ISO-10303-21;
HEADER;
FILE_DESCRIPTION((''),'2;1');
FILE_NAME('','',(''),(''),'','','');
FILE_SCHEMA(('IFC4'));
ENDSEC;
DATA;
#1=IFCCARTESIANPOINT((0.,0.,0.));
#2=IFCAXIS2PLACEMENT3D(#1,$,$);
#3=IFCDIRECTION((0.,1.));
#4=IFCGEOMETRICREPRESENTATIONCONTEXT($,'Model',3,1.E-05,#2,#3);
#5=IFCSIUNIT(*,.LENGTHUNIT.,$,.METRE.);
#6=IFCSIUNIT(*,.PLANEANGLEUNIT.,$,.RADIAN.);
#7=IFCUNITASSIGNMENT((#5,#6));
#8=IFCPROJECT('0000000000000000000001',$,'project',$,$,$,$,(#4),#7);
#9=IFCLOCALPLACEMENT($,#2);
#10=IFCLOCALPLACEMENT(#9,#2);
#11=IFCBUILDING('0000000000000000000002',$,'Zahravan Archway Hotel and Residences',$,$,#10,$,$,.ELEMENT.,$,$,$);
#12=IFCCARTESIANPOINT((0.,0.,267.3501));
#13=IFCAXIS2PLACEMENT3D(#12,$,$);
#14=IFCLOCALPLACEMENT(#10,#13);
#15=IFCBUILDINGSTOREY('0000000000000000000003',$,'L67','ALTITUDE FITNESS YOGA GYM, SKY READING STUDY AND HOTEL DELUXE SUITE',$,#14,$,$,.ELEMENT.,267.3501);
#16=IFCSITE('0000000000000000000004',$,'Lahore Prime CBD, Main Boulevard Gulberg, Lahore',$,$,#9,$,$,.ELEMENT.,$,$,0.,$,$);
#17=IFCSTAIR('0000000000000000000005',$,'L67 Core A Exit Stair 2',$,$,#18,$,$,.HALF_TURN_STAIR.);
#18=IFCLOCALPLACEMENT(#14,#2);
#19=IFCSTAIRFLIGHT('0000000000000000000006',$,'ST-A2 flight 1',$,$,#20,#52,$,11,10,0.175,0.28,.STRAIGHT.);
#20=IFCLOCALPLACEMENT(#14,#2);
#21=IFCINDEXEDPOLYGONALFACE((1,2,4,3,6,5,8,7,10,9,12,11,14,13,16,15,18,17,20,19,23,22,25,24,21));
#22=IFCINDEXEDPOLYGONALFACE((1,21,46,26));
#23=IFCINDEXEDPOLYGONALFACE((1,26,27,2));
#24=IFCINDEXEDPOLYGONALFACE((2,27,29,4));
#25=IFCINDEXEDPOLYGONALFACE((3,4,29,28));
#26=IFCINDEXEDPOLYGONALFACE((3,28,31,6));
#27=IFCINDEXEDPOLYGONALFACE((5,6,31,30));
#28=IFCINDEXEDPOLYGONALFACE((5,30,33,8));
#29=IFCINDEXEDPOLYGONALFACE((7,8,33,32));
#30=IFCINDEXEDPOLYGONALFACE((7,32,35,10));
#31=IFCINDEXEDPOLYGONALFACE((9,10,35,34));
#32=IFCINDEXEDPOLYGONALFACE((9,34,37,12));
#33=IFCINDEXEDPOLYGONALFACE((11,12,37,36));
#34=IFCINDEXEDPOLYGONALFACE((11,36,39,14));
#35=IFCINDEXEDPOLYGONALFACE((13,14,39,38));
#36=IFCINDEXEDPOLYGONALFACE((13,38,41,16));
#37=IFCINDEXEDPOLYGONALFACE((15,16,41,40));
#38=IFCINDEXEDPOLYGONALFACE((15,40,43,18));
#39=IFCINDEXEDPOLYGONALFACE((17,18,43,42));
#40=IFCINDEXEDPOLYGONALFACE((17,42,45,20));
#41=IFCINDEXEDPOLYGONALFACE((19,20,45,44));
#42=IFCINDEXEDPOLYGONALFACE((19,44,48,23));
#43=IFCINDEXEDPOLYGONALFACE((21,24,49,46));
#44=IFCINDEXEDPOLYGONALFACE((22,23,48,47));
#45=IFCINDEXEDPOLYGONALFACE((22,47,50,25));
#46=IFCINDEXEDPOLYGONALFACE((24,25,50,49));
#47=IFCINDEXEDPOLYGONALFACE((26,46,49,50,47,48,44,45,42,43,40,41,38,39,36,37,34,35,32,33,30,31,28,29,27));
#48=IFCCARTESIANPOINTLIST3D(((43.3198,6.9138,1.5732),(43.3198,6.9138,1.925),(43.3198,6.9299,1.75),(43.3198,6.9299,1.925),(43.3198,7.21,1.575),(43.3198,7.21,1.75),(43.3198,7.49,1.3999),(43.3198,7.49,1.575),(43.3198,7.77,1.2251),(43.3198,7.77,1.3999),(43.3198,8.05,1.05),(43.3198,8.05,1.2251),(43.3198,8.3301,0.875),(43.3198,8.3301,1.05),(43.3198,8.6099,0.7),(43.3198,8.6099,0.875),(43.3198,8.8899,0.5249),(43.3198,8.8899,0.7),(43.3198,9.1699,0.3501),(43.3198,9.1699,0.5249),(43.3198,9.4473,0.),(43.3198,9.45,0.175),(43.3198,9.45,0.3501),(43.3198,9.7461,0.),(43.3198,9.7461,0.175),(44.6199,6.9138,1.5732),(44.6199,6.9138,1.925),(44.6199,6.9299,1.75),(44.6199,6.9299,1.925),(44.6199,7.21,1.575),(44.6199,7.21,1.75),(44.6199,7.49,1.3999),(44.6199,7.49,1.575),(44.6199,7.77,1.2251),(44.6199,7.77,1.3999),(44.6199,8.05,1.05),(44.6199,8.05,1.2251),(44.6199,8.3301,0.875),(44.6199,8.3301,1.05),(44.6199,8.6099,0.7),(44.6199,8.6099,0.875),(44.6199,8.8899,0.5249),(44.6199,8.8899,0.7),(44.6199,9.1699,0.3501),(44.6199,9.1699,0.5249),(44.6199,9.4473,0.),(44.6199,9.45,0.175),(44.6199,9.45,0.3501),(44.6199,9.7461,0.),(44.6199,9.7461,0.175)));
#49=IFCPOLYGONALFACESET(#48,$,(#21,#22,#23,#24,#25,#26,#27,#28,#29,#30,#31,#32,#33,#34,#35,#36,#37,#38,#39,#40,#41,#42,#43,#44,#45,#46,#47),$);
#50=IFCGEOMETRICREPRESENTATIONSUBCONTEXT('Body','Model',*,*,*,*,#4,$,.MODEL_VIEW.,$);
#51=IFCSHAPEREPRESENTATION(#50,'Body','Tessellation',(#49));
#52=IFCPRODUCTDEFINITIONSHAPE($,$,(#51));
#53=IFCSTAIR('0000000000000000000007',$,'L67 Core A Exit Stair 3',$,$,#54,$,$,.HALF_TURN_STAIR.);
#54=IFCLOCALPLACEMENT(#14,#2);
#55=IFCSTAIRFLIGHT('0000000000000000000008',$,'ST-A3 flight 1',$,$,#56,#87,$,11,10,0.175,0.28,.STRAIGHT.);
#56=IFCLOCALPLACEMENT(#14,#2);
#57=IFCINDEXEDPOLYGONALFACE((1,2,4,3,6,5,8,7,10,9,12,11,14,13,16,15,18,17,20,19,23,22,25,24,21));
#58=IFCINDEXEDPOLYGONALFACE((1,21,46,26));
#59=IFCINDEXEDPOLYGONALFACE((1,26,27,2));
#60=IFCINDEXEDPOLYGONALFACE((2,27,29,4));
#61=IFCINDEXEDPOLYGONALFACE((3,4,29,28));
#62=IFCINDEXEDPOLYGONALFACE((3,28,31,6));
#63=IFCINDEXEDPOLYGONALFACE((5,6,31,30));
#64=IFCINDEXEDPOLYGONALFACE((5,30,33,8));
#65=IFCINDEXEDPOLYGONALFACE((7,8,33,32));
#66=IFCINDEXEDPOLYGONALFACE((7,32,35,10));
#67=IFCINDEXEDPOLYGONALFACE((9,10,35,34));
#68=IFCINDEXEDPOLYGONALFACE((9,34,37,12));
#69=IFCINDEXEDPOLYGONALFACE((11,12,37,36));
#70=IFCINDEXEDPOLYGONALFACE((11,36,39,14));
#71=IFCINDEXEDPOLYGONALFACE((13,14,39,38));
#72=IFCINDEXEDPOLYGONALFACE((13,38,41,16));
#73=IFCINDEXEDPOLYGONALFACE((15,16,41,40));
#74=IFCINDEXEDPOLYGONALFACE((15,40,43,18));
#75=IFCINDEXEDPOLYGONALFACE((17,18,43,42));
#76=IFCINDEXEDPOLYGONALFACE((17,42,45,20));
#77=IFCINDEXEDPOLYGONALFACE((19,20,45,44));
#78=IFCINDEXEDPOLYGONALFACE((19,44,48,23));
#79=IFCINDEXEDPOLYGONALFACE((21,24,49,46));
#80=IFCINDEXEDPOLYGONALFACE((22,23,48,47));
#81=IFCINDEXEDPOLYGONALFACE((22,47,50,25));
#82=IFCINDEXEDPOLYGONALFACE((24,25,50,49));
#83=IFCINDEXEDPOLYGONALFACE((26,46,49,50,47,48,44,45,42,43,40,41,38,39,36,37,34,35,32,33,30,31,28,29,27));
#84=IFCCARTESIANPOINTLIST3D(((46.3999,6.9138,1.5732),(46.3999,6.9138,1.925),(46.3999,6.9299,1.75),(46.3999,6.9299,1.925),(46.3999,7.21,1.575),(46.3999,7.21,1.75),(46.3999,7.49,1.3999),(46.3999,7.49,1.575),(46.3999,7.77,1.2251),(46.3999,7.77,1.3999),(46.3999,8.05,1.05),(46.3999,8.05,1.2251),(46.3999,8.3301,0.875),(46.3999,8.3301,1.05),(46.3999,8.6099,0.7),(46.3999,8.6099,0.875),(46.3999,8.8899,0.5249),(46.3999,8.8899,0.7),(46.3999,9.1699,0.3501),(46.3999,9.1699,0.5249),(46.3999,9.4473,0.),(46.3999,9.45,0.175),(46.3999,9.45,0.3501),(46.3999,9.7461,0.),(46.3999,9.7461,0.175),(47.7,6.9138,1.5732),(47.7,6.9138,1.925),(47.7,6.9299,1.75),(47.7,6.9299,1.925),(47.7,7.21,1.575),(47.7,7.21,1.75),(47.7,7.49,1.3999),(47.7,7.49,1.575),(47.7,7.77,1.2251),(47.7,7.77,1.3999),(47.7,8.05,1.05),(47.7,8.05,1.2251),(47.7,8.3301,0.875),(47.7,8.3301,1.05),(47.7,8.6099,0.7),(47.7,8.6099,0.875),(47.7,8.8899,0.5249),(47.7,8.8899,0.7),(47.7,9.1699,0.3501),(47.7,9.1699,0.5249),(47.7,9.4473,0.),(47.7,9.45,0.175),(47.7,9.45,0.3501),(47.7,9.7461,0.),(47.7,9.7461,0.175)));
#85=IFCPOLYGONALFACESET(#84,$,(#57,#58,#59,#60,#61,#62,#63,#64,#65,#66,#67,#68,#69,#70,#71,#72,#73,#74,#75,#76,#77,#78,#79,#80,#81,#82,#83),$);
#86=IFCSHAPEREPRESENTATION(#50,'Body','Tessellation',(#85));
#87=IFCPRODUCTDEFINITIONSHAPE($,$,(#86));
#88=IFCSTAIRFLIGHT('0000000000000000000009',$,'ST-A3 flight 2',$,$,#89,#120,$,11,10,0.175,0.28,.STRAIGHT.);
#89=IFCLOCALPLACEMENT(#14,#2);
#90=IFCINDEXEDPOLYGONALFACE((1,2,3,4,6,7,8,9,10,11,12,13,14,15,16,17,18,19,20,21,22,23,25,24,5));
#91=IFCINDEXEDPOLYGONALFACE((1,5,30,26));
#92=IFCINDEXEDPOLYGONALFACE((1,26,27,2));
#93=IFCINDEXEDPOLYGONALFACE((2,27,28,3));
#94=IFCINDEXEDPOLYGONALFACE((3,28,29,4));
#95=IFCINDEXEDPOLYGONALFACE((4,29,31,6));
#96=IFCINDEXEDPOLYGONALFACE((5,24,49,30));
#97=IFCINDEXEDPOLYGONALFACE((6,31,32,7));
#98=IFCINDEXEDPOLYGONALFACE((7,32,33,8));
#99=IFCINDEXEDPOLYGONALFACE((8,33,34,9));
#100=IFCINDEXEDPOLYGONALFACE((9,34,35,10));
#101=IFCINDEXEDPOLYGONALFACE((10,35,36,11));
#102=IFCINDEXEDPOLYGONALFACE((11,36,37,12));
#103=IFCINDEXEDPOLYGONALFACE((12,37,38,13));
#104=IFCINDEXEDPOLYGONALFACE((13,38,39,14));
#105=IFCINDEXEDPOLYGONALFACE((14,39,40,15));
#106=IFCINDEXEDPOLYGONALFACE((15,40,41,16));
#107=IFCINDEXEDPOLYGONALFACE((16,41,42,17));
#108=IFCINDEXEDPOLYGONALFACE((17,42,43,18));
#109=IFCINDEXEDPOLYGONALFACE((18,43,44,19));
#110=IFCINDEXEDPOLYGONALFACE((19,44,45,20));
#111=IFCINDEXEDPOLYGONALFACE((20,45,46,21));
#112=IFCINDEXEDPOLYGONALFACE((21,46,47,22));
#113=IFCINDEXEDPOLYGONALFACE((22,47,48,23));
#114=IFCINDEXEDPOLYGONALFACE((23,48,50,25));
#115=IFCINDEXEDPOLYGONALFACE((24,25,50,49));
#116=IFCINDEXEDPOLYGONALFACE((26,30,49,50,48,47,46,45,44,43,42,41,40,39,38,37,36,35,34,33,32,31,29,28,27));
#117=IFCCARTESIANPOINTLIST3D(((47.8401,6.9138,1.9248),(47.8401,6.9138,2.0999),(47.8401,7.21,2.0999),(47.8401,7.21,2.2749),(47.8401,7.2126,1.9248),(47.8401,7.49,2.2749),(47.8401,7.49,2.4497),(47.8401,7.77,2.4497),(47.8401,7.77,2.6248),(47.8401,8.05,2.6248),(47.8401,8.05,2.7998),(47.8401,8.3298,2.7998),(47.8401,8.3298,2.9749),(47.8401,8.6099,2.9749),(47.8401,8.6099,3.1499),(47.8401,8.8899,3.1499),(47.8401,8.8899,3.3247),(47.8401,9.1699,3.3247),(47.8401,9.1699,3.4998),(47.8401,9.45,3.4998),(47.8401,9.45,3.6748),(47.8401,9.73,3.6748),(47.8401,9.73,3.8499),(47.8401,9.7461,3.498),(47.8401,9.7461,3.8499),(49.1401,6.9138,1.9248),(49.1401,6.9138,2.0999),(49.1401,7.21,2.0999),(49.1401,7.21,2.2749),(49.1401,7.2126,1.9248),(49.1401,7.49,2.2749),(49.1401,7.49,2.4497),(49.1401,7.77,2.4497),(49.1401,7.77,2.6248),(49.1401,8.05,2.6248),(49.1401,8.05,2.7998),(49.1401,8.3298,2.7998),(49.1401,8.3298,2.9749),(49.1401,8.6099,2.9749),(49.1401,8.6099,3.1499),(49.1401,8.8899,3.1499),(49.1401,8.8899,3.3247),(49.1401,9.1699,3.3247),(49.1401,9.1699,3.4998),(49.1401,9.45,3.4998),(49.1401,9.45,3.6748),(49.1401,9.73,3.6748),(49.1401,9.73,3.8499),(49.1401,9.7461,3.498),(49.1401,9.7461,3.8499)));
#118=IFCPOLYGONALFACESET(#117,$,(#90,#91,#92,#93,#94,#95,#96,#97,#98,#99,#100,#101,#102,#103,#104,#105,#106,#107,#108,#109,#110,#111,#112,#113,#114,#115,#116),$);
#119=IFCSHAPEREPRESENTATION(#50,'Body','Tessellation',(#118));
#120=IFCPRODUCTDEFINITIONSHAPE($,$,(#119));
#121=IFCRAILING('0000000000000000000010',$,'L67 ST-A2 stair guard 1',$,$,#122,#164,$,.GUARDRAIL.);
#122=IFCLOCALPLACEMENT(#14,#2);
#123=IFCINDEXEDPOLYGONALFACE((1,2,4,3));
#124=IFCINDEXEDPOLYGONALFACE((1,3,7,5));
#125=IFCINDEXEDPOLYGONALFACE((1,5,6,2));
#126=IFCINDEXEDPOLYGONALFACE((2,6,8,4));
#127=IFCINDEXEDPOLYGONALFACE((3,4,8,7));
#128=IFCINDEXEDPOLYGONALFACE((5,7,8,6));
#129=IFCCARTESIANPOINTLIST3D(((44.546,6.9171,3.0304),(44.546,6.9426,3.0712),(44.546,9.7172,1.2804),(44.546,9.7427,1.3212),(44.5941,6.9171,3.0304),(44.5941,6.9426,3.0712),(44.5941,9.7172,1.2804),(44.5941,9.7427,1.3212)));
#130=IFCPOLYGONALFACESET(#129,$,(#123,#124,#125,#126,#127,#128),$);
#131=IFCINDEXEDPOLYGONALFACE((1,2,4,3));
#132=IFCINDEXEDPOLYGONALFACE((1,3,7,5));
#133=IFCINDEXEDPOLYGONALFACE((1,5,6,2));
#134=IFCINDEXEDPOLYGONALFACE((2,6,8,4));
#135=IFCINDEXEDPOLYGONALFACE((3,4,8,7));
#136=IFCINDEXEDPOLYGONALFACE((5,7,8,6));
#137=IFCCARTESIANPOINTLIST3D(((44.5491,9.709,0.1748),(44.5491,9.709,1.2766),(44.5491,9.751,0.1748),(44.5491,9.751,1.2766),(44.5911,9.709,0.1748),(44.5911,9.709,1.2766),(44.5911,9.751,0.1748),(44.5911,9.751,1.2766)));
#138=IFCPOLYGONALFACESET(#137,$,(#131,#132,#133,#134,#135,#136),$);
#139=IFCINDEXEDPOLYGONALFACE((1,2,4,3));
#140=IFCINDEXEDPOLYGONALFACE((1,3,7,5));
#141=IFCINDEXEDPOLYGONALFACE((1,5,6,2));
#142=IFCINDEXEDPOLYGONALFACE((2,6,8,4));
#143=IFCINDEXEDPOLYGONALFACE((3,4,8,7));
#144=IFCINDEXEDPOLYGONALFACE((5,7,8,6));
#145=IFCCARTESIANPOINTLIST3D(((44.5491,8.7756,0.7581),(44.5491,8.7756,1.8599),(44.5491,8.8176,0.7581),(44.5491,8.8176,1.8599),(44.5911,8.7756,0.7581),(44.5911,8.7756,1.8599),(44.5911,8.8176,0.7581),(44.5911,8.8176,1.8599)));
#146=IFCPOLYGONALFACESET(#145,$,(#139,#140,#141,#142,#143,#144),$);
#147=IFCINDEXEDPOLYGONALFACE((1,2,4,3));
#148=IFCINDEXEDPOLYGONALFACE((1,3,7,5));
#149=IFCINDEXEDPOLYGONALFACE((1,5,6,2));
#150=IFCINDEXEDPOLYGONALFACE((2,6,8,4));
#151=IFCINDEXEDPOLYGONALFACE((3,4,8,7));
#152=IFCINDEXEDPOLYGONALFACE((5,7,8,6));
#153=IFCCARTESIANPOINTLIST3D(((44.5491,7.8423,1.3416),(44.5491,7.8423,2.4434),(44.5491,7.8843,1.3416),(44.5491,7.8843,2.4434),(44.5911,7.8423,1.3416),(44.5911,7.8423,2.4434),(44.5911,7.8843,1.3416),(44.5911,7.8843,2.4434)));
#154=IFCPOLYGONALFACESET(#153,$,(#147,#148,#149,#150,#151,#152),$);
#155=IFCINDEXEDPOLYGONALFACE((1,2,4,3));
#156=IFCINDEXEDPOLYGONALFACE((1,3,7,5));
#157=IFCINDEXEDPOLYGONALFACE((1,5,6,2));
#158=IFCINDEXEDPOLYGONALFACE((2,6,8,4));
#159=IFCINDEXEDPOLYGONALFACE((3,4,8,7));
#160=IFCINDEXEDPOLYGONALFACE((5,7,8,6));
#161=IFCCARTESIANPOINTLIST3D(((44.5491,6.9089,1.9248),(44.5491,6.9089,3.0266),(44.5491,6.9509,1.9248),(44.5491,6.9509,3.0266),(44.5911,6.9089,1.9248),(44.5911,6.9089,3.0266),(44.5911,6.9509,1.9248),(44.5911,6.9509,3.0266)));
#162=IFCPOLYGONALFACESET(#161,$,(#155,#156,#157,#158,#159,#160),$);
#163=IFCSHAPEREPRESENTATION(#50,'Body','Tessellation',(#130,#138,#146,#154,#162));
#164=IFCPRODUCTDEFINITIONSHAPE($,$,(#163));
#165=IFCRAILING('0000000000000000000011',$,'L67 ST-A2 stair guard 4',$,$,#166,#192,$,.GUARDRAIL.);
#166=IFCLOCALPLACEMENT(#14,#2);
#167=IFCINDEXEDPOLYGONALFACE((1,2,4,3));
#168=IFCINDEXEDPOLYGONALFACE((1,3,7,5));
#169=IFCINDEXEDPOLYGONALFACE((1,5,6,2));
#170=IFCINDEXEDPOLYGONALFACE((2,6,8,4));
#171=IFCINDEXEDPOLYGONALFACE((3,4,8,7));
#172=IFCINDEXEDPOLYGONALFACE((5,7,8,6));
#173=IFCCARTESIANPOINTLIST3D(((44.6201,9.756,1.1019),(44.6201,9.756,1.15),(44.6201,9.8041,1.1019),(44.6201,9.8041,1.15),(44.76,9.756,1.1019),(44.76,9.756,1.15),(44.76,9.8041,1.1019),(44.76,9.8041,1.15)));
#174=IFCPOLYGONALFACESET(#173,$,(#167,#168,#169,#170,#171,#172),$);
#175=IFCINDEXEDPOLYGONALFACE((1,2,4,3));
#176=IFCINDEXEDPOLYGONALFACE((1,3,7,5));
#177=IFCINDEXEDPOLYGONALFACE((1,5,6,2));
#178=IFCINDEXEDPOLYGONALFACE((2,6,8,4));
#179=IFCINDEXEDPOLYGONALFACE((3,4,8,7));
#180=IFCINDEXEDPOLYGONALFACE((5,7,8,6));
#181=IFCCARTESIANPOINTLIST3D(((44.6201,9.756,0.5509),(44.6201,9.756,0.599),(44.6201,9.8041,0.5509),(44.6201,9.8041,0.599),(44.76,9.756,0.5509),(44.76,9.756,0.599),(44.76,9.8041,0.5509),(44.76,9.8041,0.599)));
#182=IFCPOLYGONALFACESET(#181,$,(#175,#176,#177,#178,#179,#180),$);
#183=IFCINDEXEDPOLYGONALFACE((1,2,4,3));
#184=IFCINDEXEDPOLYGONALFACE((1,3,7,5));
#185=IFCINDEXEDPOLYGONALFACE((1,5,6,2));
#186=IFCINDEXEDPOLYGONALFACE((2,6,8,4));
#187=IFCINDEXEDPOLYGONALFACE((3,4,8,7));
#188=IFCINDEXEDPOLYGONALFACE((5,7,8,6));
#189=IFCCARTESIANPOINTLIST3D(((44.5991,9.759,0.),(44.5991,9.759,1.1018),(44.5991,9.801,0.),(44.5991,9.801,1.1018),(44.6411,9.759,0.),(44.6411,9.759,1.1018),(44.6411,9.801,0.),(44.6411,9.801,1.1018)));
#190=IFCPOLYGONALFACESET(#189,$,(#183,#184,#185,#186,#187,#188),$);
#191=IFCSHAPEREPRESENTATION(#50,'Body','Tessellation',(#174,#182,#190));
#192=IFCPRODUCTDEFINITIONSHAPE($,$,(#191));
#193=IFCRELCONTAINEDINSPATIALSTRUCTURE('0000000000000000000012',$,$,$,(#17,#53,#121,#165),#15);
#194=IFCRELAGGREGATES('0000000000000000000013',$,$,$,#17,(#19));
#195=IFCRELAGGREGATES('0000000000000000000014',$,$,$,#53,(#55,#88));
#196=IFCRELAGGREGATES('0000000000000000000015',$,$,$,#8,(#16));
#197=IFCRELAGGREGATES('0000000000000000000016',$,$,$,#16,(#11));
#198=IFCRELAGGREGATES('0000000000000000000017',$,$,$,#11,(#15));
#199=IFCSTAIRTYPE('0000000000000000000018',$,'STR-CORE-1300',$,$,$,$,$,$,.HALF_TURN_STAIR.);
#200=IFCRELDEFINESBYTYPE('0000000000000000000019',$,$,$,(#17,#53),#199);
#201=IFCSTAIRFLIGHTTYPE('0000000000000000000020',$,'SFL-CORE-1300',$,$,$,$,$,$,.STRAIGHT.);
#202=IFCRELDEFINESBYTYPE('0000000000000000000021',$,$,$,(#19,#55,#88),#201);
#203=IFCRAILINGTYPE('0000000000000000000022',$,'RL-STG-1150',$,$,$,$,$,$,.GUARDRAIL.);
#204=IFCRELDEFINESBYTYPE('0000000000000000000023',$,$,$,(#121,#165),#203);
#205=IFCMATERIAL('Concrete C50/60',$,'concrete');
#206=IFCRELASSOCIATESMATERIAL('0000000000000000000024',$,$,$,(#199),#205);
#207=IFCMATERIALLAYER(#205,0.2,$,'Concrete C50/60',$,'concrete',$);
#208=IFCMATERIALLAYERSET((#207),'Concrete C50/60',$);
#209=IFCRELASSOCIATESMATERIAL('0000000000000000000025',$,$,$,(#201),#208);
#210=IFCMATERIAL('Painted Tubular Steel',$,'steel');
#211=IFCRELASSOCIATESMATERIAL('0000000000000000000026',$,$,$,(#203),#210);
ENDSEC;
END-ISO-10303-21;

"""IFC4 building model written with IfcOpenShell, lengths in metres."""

from ifc_helpers import new_model, si_unit, direction, frame, origin, origin_2d, place, context, subcontext, project, spatial, polyline, rectangle, outline, extrude, source, transform, mapped, material, layer, layer_set, type_object, element, aggregate, save


model = new_model("IFC4")

# Units and contexts
model_context = context("Model", 3, precision=1e-05, world=origin(), true_north=direction((0.0, 1.0)))
body_context = subcontext(model_context, "Body", "Model", "MODEL_VIEW")
ifc_project = project(units=[si_unit("LENGTHUNIT", "METRE"), si_unit("PLANEANGLEUNIT", "RADIAN")], contexts=[model_context])

# Site, building, storey
site_placement = place(None, origin())
site = spatial("IfcSite", under=ifc_project, at=site_placement, Name="Lahore Prime CBD, Main Boulevard Gulberg, Lahore", CompositionType="ELEMENT", RefElevation=0.0)
building_placement = place(site_placement, origin())
building = spatial("IfcBuilding", under=site, at=building_placement, Name="Zahravan Archway Hotel and Residences", CompositionType="ELEMENT")
storey_placement = place(building_placement, frame((0.0, 0.0, 267.3501)))
storey = spatial("IfcBuildingStorey", under=building, at=storey_placement, Name="L67", Description="ALTITUDE FITNESS YOGA GYM, SKY READING STUDY AND HOTEL DELUXE SUITE", CompositionType="ELEMENT", Elevation=267.3501)

# Shared definitions
ifc_material_1 = material(Name="Concrete C50/60", Category="concrete")

# Stair, stair flight
stair_type = type_object("IfcStairType", Name="STR-CORE-1300", PredefinedType="HALF_TURN_STAIR", material=ifc_material_1)
stair_1_placement = place(storey_placement, origin())
stair_1 = element("IfcStair", 1, at=stair_1_placement, inside=storey, type_object=stair_type, Name="L67 Core A Exit Stair 2", PredefinedType="HALF_TURN_STAIR")
ifc_layer_1 = layer(ifc_material_1, 0.2, Name="Concrete C50/60", Category="concrete")
ifc_layer_set_1 = layer_set([ifc_layer_1], Name="Concrete C50/60")
stair_flight_type = type_object("IfcStairFlightType", Name="SFL-CORE-1300", PredefinedType="STRAIGHT", material=ifc_layer_set_1)
shared_shape_1 = source(origin(), body_context, "Body", "SweptSolid", [
    extrude(outline(polyline([(-0.0161, 0.0), (-0.0161, 0.175), (0.28, 0.175), (0.28, 0.3501), (0.5601, 0.3501), (0.5601, 0.5249), (0.8401, 0.5249), (0.8401, 0.7), (1.1201, 0.7), (1.1201, 0.875), (1.3999, 0.875), (1.3999, 1.05), (1.6799, 1.05), (1.6799, 1.2251), (1.96, 1.2251), (1.96, 1.3999), (2.24, 1.3999), (2.24, 1.575), (2.52, 1.575), (2.52, 1.75), (2.8, 1.75), (2.8, 1.925), (2.8162, 1.925), (2.8162, 1.5732), (0.2827, 0.0), (-0.0161, 0.0)])), frame((0.0, 0.6499, 0.0), z_axis=(0.0, -1.0, 0.0), x_axis=(1.0, 0.0, 0.0)), (0.0, 0.0, 1.0), 1.3),
])
stair_flight_1_placement = place(storey_placement, frame((43.97, 9.73, 0.0), z_axis=(0.0, 0.0, 1.0), x_axis=(0.0, -1.0, 0.0)))
stair_flight_1 = element("IfcStairFlight", 2, at=stair_flight_1_placement, type_object=stair_flight_type, Name="ST-A2 flight 1", NumberOfRisers=11, NumberOfTreads=10, PredefinedType="STRAIGHT", RiserHeight=0.175, TreadLength=0.28, context=body_context, shape_type="MappedRepresentation", body=[
    mapped(shared_shape_1, transform((0.0, 0.0, 0.0), scale=1.0)),
])
aggregate(stair_1, [stair_flight_1])

# Stair, stair flights
stair_2_placement = place(storey_placement, origin())
stair_2 = element("IfcStair", 3, at=stair_2_placement, inside=storey, type_object=stair_type, Name="L67 Core A Exit Stair 3", PredefinedType="HALF_TURN_STAIR")
stair_flight_2_placement = place(storey_placement, frame((47.05, 9.73, 0.0), z_axis=(0.0, 0.0, 1.0), x_axis=(0.0, -1.0, 0.0)))
stair_flight_2 = element("IfcStairFlight", 4, at=stair_flight_2_placement, type_object=stair_flight_type, Name="ST-A3 flight 1", NumberOfRisers=11, NumberOfTreads=10, PredefinedType="STRAIGHT", RiserHeight=0.175, TreadLength=0.28, context=body_context, shape_type="MappedRepresentation", body=[
    mapped(shared_shape_1, transform((0.0, 0.0, 0.0), scale=1.0)),
])
stair_flight_3_placement = place(storey_placement, frame((48.49, 6.9299, 1.9248), z_axis=(0.0, 0.0, 1.0), x_axis=(0.0, 1.0, 0.0)))
stair_flight_3 = element("IfcStairFlight", 5, at=stair_flight_3_placement, type_object=stair_flight_type, Name="ST-A3 flight 2", NumberOfRisers=11, NumberOfTreads=10, PredefinedType="STRAIGHT", RiserHeight=0.175, TreadLength=0.28, context=body_context, shape_type="MappedRepresentation", body=[
    mapped(shared_shape_1, transform((0.0, 0.0, 0.0), scale=1.0)),
])
aggregate(stair_2, [stair_flight_2, stair_flight_3])

# Railings
ifc_material_2 = material(Name="Painted Tubular Steel", Category="steel")
railing_type_1 = type_object("IfcRailingType", Name="RL-STG-1150", PredefinedType="GUARDRAIL", material=ifc_material_2)
railing_1_placement = place(storey_placement, frame((44.5701, 9.73, 0.1748)))
element("IfcRailing", 6, at=railing_1_placement, inside=storey, type_object=railing_type_1, Name="L67 ST-A2 stair guard 1", PredefinedType="GUARDRAIL", context=body_context, shape_type="SweptSolid", body=[
    extrude(rectangle(XDim=0.0481, YDim=0.0481, at=origin_2d()), frame((0.0, 0.0, 1.126), z_axis=(0.0, -0.848002, 0.529992), x_axis=(1.0, 0.0, 0.0)), (0.0, 0.0, 1.0), 3.302),
    extrude(rectangle(XDim=0.042, YDim=0.042, at=origin_2d()), origin(), (0.0, 0.0, 1.0), 1.1018),
    extrude(rectangle(XDim=0.042, YDim=0.042, at=origin_2d()), frame((0.0, -0.9333, 0.5833)), (0.0, 0.0, 1.0), 1.1018),
    extrude(rectangle(XDim=0.042, YDim=0.042, at=origin_2d()), frame((0.0, -1.8667, 1.1667)), (0.0, 0.0, 1.0), 1.1018),
    extrude(rectangle(XDim=0.042, YDim=0.042, at=origin_2d()), frame((0.0, -2.8, 1.75)), (0.0, 0.0, 1.0), 1.1018),
])
railing_2_placement = place(storey_placement, frame((44.6201, 9.78, 0.0)))
element("IfcRailing", 7, at=railing_2_placement, inside=storey, type_object=railing_type_1, Name="L67 ST-A2 stair guard 4", PredefinedType="GUARDRAIL", context=body_context, shape_type="SweptSolid", body=[
    extrude(rectangle(XDim=0.0481, YDim=0.0481, at=origin_2d()), frame((0.0, 0.0, 1.126), z_axis=(1.0, 0.0, 0.0), x_axis=(0.0, 1.0, 0.0)), (0.0, 0.0, 1.0), 0.1399),
    extrude(rectangle(XDim=0.0481, YDim=0.0481, at=origin_2d()), frame((0.0, 0.0, 0.575), z_axis=(1.0, 0.0, 0.0), x_axis=(0.0, 1.0, 0.0)), (0.0, 0.0, 1.0), 0.1399),
    extrude(rectangle(XDim=0.042, YDim=0.042, at=origin_2d()), origin(), (0.0, 0.0, 1.0), 1.1018),
])

save(model, "model.ifc")
